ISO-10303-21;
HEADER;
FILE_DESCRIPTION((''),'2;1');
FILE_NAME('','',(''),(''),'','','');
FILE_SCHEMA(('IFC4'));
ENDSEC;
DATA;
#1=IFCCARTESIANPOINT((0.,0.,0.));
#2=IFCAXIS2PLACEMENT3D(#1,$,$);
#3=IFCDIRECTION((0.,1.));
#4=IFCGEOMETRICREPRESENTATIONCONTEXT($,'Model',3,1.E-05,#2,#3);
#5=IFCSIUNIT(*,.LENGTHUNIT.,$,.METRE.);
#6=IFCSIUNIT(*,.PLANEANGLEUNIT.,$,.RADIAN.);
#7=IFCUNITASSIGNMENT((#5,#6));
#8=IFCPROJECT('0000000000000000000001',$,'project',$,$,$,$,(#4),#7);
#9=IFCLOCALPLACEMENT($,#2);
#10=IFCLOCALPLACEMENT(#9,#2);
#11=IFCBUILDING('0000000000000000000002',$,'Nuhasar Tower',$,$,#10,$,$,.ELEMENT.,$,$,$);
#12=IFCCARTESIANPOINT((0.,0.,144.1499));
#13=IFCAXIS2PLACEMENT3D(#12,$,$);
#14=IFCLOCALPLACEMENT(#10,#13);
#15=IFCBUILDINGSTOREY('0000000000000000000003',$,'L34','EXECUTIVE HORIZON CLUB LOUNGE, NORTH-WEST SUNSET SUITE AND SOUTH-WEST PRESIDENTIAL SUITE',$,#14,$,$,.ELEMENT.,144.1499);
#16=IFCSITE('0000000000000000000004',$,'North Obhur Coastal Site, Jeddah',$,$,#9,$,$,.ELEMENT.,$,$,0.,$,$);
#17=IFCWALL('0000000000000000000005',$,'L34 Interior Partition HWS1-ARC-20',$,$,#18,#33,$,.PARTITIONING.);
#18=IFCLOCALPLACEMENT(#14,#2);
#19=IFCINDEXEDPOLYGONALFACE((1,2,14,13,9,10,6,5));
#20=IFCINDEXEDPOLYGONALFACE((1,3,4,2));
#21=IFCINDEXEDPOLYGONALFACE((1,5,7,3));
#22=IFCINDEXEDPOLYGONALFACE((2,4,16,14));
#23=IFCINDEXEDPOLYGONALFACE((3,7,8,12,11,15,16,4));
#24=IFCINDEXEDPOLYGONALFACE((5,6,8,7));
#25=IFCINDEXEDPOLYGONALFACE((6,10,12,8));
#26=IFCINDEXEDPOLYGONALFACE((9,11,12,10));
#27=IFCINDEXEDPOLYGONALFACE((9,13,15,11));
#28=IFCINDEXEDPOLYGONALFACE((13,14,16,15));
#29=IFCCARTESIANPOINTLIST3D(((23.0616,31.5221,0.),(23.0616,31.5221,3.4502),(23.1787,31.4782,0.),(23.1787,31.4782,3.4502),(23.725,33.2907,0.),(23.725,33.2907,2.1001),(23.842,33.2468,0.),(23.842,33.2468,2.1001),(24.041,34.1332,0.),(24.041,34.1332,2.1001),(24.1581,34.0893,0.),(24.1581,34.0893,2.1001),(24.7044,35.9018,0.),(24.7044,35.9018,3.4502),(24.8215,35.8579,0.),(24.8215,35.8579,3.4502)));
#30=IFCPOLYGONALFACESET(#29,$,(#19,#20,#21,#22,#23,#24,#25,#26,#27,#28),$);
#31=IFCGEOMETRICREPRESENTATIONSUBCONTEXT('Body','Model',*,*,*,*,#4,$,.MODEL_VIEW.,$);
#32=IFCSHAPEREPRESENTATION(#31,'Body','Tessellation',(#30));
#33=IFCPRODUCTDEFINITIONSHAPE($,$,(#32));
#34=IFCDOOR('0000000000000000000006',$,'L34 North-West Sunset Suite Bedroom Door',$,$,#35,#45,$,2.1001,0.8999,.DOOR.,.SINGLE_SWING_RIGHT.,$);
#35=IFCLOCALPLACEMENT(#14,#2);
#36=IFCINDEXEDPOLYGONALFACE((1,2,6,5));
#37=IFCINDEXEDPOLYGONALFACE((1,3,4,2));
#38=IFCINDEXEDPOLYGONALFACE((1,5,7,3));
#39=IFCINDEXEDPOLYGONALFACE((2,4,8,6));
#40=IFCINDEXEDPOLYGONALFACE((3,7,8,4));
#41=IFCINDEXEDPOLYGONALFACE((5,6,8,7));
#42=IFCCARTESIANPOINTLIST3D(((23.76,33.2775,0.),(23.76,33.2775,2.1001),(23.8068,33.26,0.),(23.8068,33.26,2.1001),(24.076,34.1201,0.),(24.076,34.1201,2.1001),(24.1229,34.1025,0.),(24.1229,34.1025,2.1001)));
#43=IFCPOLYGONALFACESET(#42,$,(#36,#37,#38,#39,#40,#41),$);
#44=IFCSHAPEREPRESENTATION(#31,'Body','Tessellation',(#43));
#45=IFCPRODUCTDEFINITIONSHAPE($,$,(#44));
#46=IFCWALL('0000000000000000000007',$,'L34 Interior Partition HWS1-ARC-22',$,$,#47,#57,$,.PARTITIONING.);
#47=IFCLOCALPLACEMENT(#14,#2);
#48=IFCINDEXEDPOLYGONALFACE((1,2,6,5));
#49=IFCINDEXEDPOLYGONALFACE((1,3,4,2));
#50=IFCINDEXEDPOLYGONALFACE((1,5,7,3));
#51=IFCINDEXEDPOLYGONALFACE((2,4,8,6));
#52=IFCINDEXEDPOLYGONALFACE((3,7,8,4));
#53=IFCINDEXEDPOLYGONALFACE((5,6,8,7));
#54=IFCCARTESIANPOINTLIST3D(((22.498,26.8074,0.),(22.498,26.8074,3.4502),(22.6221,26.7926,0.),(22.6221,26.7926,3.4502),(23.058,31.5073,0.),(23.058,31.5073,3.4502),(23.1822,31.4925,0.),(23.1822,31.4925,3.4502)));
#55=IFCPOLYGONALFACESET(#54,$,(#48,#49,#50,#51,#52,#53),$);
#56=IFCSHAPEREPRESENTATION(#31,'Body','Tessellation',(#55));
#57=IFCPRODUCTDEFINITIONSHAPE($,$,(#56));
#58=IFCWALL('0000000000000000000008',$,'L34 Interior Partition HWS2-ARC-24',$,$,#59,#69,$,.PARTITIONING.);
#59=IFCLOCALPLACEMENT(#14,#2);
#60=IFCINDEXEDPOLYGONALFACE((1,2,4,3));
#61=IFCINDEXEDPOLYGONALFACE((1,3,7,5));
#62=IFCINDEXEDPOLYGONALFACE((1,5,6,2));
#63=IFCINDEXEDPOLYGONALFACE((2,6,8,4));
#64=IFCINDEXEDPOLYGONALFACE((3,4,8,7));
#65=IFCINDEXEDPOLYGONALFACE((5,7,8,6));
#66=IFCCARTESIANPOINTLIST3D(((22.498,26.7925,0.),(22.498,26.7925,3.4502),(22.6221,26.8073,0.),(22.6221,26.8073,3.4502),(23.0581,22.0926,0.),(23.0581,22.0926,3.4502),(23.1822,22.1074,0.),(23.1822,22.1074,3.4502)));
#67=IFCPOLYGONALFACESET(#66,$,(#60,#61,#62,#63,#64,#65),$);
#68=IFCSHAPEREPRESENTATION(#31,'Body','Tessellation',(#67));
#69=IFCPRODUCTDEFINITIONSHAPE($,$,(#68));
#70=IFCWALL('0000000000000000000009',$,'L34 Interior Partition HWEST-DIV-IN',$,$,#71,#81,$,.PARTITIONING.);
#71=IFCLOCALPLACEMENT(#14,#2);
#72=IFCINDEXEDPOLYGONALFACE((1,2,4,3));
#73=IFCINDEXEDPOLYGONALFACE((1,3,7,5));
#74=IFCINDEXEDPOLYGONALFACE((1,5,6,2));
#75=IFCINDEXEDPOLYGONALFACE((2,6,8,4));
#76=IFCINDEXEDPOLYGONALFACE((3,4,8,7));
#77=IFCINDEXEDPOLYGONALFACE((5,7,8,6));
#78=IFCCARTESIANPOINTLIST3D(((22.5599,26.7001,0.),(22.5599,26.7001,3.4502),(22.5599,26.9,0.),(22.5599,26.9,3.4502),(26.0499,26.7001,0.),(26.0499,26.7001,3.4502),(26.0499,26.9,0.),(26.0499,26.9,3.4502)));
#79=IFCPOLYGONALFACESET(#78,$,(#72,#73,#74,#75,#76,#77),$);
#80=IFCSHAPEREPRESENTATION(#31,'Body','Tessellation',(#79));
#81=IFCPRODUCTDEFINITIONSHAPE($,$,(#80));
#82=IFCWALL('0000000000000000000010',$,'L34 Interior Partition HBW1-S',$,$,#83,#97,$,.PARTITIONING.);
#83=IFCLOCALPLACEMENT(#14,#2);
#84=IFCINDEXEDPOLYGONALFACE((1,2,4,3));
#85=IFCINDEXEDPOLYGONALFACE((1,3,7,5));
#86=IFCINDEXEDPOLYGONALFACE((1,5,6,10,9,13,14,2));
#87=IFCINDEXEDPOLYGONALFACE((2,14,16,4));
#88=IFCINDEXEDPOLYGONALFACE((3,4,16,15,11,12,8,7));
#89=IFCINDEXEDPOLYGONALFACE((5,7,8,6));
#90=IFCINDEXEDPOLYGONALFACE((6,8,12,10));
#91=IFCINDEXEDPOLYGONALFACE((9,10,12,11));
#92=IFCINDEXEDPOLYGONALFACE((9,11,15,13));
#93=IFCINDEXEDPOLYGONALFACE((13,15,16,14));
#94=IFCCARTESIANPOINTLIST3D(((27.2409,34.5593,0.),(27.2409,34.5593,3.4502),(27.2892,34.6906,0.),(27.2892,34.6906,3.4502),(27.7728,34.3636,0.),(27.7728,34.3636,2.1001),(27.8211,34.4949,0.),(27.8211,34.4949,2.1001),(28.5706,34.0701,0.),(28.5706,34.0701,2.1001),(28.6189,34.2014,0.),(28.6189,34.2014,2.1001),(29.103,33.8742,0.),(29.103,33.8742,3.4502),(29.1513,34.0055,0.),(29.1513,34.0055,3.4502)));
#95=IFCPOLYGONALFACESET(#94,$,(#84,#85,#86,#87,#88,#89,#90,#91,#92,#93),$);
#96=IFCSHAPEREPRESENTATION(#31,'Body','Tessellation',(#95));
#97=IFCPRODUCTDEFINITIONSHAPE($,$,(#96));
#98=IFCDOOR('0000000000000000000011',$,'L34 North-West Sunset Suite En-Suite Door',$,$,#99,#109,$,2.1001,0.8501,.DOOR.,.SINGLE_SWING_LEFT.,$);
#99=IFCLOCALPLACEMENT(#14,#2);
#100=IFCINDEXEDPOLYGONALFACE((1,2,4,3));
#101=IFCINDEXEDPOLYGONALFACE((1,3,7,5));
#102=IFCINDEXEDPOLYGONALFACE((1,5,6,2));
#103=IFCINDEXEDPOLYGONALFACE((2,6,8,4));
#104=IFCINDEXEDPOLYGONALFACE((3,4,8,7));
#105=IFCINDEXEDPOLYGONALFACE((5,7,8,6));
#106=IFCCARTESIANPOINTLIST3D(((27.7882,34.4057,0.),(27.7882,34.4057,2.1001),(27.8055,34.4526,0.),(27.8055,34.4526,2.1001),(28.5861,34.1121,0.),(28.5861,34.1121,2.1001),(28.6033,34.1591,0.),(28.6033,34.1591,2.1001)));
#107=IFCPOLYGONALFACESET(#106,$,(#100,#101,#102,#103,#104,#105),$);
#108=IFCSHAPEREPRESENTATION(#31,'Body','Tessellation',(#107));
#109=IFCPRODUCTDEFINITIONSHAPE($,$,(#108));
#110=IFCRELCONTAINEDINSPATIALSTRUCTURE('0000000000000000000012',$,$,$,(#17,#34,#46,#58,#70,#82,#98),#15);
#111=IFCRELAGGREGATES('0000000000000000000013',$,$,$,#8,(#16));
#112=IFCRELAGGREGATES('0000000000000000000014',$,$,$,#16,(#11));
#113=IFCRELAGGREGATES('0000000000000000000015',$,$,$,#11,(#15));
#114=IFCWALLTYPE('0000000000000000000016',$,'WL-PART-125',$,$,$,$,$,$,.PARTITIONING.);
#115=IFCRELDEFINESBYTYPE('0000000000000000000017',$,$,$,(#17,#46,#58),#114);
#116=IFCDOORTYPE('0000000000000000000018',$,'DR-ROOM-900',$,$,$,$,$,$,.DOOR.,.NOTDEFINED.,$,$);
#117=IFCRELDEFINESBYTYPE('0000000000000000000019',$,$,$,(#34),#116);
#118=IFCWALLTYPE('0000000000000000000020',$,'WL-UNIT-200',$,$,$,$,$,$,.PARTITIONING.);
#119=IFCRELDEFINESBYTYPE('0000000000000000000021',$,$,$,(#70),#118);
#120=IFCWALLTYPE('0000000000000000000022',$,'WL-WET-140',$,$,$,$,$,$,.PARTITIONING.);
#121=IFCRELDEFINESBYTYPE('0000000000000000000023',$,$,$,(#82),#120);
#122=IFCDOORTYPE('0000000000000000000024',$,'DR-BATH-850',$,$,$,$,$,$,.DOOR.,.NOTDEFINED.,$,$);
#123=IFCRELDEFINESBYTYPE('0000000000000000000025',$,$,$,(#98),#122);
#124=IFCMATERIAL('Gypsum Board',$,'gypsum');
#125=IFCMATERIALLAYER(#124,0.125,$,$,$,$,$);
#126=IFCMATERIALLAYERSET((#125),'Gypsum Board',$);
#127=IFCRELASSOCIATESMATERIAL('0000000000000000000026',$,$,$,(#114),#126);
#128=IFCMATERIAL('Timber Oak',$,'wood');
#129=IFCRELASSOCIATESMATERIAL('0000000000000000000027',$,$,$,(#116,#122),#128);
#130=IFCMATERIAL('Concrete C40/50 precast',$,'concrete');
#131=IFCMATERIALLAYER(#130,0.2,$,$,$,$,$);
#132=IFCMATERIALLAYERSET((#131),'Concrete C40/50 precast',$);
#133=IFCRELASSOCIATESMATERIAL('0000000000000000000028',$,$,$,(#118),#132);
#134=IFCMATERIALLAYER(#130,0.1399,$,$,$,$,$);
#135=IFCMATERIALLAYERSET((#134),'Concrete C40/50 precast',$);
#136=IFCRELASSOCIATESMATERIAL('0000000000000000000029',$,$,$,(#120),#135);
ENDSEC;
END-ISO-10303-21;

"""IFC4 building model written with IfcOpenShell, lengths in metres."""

from ifc_helpers import new_model, si_unit, direction, frame, frame_2d, origin, place, context, subcontext, project, spatial, rectangle, extrude, material, layer, layer_set, type_object, element, fill, save


model = new_model("IFC4")

# Units and contexts
model_context = context("Model", 3, precision=1e-05, world=origin(), true_north=direction((0.0, 1.0)))
body_context = subcontext(model_context, "Body", "Model", "MODEL_VIEW")
ifc_project = project(units=[si_unit("LENGTHUNIT", "METRE"), si_unit("PLANEANGLEUNIT", "RADIAN")], contexts=[model_context])

# Site, building, storey
site_placement = place(None, origin())
site = spatial("IfcSite", under=ifc_project, at=site_placement, Name="North Obhur Coastal Site, Jeddah", CompositionType="ELEMENT", RefElevation=0.0)
building_placement = place(site_placement, origin())
building = spatial("IfcBuilding", under=site, at=building_placement, Name="Nuhasar Tower", CompositionType="ELEMENT")
storey_placement = place(building_placement, frame((0.0, 0.0, 144.1499)))
storey = spatial("IfcBuildingStorey", under=building, at=storey_placement, Name="L34", Description="EXECUTIVE HORIZON CLUB LOUNGE, NORTH-WEST SUNSET SUITE AND SOUTH-WEST PRESIDENTIAL SUITE", CompositionType="ELEMENT", Elevation=144.1499)

# Shared definitions
ifc_material_1 = material(Name="Gypsum Board", Category="gypsum")

# Shared definitions
ifc_material_2 = material(Name="Timber Oak", Category="wood")

# Shared definitions
ifc_layer_1 = layer(ifc_material_1, 0.125)
ifc_layer_set_1 = layer_set([ifc_layer_1], Name="Gypsum Board")
wall_type_1 = type_object("IfcWallType", Name="WL-PART-125", PredefinedType="PARTITIONING", material=ifc_layer_set_1)

# Wall, opening, door
wall_1_placement = place(storey_placement, frame((24.7629, 35.8799, 0.0), z_axis=(0.0, 0.0, 1.0), x_axis=(-0.351192, -0.936303, 0.0)))
wall_1 = element("IfcWall", 1, at=wall_1_placement, inside=storey, type_object=wall_type_1, Name="L34 Interior Partition HWS1-ARC-20", PredefinedType="PARTITIONING", context=body_context, shape_type="SweptSolid", body=[
    extrude(rectangle(XDim=4.6777, YDim=0.125, at=frame_2d((2.3389, 0.0))), origin(), (0.0, 0.0, 1.0), 3.4502),
])
opening_1_placement = place(wall_1_placement, frame((1.8889, 0.0, 0.0)))
opening_1 = element("IfcOpeningElement", 2, at=opening_1_placement, cuts=wall_1, PredefinedType="OPENING", context=body_context, shape_type="SweptSolid", body=[
    extrude(rectangle(XDim=0.8999, YDim=2.1001, at=frame_2d((0.45, 1.05))), frame((0.0, 0.0725, 0.0), z_axis=(0.0, -1.0, 0.0), x_axis=(1.0, 0.0, 0.0)), (0.0, 0.0, 1.0), 0.145),
])
door_type_1 = type_object("IfcDoorType", Name="DR-ROOM-900", OperationType="NOTDEFINED", PredefinedType="DOOR", material=ifc_material_2)
door_1_placement = place(opening_1_placement, origin())
door_1 = element("IfcDoor", 3, at=door_1_placement, inside=storey, type_object=door_type_1, Name="L34 North-West Sunset Suite Bedroom Door", OperationType="SINGLE_SWING_RIGHT", OverallHeight=2.1001, OverallWidth=0.8999, PredefinedType="DOOR", context=body_context, shape_type="SweptSolid", body=[
    extrude(rectangle(XDim=0.8999, YDim=2.1001, at=frame_2d((0.45, 1.05))), frame((0.0, 0.0249, 0.0), z_axis=(0.0, -1.0, 0.0), x_axis=(1.0, 0.0, 0.0)), (0.0, 0.0, 1.0), 0.05),
])
fill(opening_1, door_1)

# Walls
for number, where, z_axis, x_axis, name in (
    (4, (23.1201, 31.5, 0.0), (0.0, 0.0, 1.0), (-0.118326, -0.992975, 0.0), "L34 Interior Partition HWS1-ARC-22"),
    (5, (22.5601, 26.8, 0.0), (0.0, 0.0, 1.0), (0.118326, -0.992975, 0.0), "L34 Interior Partition HWS2-ARC-24"),
):
    element("IfcWall", number, at=place(storey_placement, frame(where, z_axis=z_axis, x_axis=x_axis)), inside=storey, type_object=wall_type_1, Name=name, PredefinedType="PARTITIONING", context=body_context, shape_type="SweptSolid", body=[
        extrude(rectangle(XDim=4.7332, YDim=0.125, at=frame_2d((2.3667, 0.0))), origin(), (0.0, 0.0, 1.0), 3.4502),
    ])
ifc_material_3 = material(Name="Concrete C40/50 precast", Category="concrete")
ifc_layer_2 = layer(ifc_material_3, 0.2)
ifc_layer_set_2 = layer_set([ifc_layer_2], Name="Concrete C40/50 precast")
wall_type_2 = type_object("IfcWallType", Name="WL-UNIT-200", PredefinedType="PARTITIONING", material=ifc_layer_set_2)
wall_2_placement = place(storey_placement, frame((26.05, 26.8, 0.0), z_axis=(0.0, 0.0, 1.0), x_axis=(-1.0, 0.0, 0.0)))
element("IfcWall", 6, at=wall_2_placement, inside=storey, type_object=wall_type_2, Name="L34 Interior Partition HWEST-DIV-IN", PredefinedType="PARTITIONING", context=body_context, shape_type="SweptSolid", body=[
    extrude(rectangle(XDim=3.49, YDim=0.2, at=frame_2d((1.7451, 0.0))), origin(), (0.0, 0.0, 1.0), 3.4502),
])

# Wall, opening, door
ifc_layer_3 = layer(ifc_material_3, 0.1399)
ifc_layer_set_3 = layer_set([ifc_layer_3], Name="Concrete C40/50 precast")
wall_type_3 = type_object("IfcWallType", Name="WL-WET-140", PredefinedType="PARTITIONING", material=ifc_layer_set_3)
wall_3_placement = place(storey_placement, frame((27.2649, 34.625, 0.0), z_axis=(0.0, 0.0, 1.0), x_axis=(0.938501, -0.345278, 0.0)))
wall_3 = element("IfcWall", 7, at=wall_3_placement, inside=storey, type_object=wall_type_3, Name="L34 Interior Partition HBW1-S", PredefinedType="PARTITIONING", context=body_context, shape_type="SweptSolid", body=[
    extrude(rectangle(XDim=1.9841, YDim=0.1399, at=frame_2d((0.9922, 0.0))), origin(), (0.0, 0.0, 1.0), 3.4502),
])
opening_2_placement = place(wall_3_placement, frame((0.5669, 0.0, 0.0)))
opening_2 = element("IfcOpeningElement", 8, at=opening_2_placement, cuts=wall_3, PredefinedType="OPENING", context=body_context, shape_type="SweptSolid", body=[
    extrude(rectangle(XDim=0.8501, YDim=2.1001, at=frame_2d((0.425, 1.05))), frame((0.0, 0.0801, 0.0), z_axis=(0.0, -1.0, 0.0), x_axis=(1.0, 0.0, 0.0)), (0.0, 0.0, 1.0), 0.1599),
])
door_type_2 = type_object("IfcDoorType", Name="DR-BATH-850", OperationType="NOTDEFINED", PredefinedType="DOOR", material=ifc_material_2)
door_2_placement = place(opening_2_placement, origin())
door_2 = element("IfcDoor", 9, at=door_2_placement, inside=storey, type_object=door_type_2, Name="L34 North-West Sunset Suite En-Suite Door", OperationType="SINGLE_SWING_LEFT", OverallHeight=2.1001, OverallWidth=0.8501, PredefinedType="DOOR", context=body_context, shape_type="SweptSolid", body=[
    extrude(rectangle(XDim=0.8501, YDim=2.1001, at=frame_2d((0.425, 1.05))), frame((0.0, 0.0249, 0.0), z_axis=(0.0, -1.0, 0.0), x_axis=(1.0, 0.0, 0.0)), (0.0, 0.0, 1.0), 0.05),
])
fill(opening_2, door_2)

save(model, "model.ifc")
